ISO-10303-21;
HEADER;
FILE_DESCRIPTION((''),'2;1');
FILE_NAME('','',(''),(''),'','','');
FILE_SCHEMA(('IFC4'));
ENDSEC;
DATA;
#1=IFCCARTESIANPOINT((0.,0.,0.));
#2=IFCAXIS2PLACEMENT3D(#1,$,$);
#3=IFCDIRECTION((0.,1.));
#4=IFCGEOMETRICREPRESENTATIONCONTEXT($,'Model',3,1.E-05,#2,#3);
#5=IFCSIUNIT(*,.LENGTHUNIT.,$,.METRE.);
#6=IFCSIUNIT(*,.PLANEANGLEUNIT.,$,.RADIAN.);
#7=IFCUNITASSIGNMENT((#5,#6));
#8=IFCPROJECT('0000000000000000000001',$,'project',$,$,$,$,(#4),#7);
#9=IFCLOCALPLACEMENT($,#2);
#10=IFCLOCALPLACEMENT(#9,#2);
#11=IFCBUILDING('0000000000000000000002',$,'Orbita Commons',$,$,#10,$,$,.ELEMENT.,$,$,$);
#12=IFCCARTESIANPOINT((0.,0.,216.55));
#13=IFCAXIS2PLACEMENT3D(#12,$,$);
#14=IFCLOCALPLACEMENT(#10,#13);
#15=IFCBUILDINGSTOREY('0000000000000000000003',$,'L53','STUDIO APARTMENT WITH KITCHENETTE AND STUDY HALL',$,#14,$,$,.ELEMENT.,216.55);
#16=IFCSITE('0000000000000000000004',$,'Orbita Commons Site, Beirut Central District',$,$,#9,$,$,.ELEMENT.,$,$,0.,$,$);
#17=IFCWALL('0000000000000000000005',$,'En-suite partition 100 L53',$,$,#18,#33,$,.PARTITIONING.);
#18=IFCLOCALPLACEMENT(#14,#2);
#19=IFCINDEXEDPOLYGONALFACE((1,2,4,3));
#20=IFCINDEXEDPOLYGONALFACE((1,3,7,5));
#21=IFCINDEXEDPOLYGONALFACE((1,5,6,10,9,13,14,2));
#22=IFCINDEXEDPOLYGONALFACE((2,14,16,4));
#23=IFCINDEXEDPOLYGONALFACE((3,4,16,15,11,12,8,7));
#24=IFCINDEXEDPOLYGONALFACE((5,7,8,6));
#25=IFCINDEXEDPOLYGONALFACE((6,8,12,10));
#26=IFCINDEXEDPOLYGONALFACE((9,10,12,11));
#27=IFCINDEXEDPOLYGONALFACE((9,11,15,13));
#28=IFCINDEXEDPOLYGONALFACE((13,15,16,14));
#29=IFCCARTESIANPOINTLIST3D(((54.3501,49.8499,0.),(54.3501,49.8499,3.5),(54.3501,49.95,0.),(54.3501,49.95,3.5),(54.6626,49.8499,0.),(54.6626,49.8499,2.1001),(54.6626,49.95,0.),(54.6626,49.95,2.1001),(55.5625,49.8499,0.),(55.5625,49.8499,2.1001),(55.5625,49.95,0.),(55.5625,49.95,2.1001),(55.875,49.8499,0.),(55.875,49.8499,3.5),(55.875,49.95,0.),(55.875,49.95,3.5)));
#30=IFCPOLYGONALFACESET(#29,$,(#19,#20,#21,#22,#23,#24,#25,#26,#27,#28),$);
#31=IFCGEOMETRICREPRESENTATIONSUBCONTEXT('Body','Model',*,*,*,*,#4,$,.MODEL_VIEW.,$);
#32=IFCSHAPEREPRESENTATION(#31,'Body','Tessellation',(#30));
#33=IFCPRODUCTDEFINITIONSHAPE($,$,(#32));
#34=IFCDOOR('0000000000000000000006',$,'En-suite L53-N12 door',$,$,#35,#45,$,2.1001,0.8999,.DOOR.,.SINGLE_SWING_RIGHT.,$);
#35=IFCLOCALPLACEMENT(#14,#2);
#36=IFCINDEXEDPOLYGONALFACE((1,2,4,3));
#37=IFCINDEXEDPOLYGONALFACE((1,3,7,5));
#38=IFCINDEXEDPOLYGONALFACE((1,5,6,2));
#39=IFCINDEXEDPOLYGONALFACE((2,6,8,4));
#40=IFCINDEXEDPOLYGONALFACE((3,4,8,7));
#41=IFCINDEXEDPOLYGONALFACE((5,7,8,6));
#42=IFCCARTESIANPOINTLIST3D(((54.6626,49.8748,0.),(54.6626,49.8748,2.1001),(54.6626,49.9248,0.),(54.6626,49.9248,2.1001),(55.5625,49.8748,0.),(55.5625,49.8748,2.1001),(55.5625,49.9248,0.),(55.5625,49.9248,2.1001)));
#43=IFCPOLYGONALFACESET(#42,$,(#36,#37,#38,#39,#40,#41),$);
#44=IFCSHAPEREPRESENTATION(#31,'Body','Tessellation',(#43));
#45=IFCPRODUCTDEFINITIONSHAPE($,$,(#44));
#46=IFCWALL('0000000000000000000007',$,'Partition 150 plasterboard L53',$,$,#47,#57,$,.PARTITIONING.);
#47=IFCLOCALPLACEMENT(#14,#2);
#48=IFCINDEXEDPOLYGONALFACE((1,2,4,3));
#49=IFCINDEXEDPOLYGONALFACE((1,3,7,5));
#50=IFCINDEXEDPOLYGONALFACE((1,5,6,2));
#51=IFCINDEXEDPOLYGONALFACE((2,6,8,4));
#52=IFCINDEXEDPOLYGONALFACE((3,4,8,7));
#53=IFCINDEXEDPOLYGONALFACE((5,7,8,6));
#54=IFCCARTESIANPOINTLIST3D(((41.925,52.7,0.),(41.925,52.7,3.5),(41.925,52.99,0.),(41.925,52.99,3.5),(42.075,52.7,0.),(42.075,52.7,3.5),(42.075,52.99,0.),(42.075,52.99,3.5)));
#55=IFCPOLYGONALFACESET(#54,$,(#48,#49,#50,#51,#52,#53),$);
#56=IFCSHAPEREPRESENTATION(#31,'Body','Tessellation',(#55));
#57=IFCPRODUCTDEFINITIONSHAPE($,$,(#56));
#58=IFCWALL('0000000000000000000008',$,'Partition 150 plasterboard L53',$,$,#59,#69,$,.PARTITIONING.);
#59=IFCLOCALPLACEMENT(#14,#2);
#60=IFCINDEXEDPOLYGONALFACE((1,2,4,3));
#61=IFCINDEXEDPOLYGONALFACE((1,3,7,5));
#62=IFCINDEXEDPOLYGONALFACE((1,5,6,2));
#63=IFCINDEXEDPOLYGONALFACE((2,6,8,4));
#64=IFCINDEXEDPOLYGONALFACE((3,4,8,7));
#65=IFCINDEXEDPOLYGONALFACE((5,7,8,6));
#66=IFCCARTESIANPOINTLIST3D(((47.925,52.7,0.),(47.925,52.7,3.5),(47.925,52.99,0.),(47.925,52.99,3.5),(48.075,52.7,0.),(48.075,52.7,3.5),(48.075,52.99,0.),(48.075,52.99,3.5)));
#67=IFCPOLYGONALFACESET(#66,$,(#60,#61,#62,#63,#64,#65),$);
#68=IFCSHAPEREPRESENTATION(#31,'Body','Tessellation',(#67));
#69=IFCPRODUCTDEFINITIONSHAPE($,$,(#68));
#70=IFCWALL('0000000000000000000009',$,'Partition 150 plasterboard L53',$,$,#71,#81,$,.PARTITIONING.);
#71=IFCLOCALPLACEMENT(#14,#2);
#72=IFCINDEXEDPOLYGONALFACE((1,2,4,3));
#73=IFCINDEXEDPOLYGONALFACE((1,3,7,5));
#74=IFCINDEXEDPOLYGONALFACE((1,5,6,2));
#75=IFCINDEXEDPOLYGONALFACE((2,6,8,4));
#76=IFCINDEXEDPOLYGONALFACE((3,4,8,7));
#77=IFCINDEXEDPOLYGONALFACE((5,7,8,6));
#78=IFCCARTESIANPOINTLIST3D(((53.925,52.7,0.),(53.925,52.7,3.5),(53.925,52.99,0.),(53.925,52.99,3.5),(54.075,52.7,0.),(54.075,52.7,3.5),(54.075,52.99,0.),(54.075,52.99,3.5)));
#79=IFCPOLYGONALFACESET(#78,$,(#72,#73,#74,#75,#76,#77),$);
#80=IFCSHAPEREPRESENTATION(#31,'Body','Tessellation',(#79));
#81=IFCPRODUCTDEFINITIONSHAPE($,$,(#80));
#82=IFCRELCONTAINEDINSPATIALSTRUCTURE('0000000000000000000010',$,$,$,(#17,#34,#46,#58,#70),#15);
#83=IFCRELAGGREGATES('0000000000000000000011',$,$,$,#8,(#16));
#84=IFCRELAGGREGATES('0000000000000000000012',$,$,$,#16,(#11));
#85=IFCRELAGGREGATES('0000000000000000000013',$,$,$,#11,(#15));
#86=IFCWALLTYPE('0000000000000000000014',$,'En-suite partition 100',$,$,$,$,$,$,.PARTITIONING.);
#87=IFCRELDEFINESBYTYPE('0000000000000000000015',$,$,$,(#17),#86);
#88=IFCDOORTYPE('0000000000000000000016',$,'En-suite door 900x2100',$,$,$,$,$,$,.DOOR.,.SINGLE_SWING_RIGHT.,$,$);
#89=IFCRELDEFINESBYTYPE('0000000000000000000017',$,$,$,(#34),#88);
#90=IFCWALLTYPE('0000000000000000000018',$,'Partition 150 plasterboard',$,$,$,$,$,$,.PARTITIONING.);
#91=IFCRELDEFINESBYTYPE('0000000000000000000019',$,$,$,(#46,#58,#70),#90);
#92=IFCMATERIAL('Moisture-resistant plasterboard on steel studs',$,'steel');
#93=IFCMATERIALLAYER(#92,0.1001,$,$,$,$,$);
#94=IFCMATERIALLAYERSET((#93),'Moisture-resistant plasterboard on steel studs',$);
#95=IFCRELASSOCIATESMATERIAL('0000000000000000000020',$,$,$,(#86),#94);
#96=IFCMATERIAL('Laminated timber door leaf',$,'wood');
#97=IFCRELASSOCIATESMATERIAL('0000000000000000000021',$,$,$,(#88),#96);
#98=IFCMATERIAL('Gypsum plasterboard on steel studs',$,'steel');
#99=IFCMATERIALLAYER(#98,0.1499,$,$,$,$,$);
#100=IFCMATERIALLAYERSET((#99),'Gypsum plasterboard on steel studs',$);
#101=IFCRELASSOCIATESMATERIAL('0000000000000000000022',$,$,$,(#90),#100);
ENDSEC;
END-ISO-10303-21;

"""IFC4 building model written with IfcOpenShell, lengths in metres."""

from ifc_helpers import new_model, si_unit, direction, frame, frame_2d, origin, place, context, subcontext, project, spatial, rectangle, extrude, material, layer, layer_set, type_object, element, fill, save


model = new_model("IFC4")

# Units and contexts
model_context = context("Model", 3, precision=1e-05, world=origin(), true_north=direction((0.0, 1.0)))
body_context = subcontext(model_context, "Body", "Model", "MODEL_VIEW")
ifc_project = project(units=[si_unit("LENGTHUNIT", "METRE"), si_unit("PLANEANGLEUNIT", "RADIAN")], contexts=[model_context])

# Site, building, storey
site_placement = place(None, origin())
site = spatial("IfcSite", under=ifc_project, at=site_placement, Name="Orbita Commons Site, Beirut Central District", CompositionType="ELEMENT", RefElevation=0.0)
building_placement = place(site_placement, origin())
building = spatial("IfcBuilding", under=site, at=building_placement, Name="Orbita Commons", CompositionType="ELEMENT")
storey_placement = place(building_placement, frame((0.0, 0.0, 216.55)))
storey = spatial("IfcBuildingStorey", under=building, at=storey_placement, Name="L53", Description="STUDIO APARTMENT WITH KITCHENETTE AND STUDY HALL", CompositionType="ELEMENT", Elevation=216.55)

# Wall, opening, door
ifc_material_1 = material(Name="Moisture-resistant plasterboard on steel studs", Category="steel")
ifc_layer_1 = layer(ifc_material_1, 0.1001)
ifc_layer_set_1 = layer_set([ifc_layer_1], Name="Moisture-resistant plasterboard on steel studs")
wall_type_1 = type_object("IfcWallType", Name="En-suite partition 100", PredefinedType="PARTITIONING", material=ifc_layer_set_1)
ifc_material_2 = material(Name="Laminated timber door leaf", Category="wood")
door_type_1 = type_object("IfcDoorType", Name="En-suite door 900x2100", OperationType="SINGLE_SWING_RIGHT", PredefinedType="DOOR", material=ifc_material_2)
wall_1_placement = place(storey_placement, frame((54.3501, 49.8999, 0.0), z_axis=(0.0, 0.0, 1.0), x_axis=(1.0, 0.0, 0.0)))
wall_1 = element("IfcWall", 1, at=wall_1_placement, inside=storey, type_object=wall_type_1, Name="En-suite partition 100 L53", PredefinedType="PARTITIONING", context=body_context, shape_type="SweptSolid", body=[
    extrude(rectangle(XDim=1.5249, YDim=0.1001, at=frame_2d((0.7625, 0.0))), origin(), (0.0, 0.0, 1.0), 3.5),
])
opening_1_placement = place(wall_1_placement, frame((0.3125, 0.0, 0.0)))
opening_1 = element("IfcOpeningElement", 2, at=opening_1_placement, cuts=wall_1, PredefinedType="OPENING", context=body_context, shape_type="SweptSolid", body=[
    extrude(rectangle(XDim=0.8999, YDim=2.1001, at=frame_2d((0.45, 1.05))), frame((0.0, 0.0601, 0.0), z_axis=(0.0, -1.0, 0.0), x_axis=(1.0, 0.0, 0.0)), (0.0, 0.0, 1.0), 0.1201),
])
door_1_placement = place(opening_1_placement, origin())
door_1 = element("IfcDoor", 3, at=door_1_placement, inside=storey, type_object=door_type_1, Name="En-suite L53-N12 door", OperationType="SINGLE_SWING_RIGHT", OverallHeight=2.1001, OverallWidth=0.8999, PredefinedType="DOOR", context=body_context, shape_type="SweptSolid", body=[
    extrude(rectangle(XDim=0.8999, YDim=2.1001, at=frame_2d((0.45, 1.05))), frame((0.0, 0.0249, 0.0), z_axis=(0.0, -1.0, 0.0), x_axis=(1.0, 0.0, 0.0)), (0.0, 0.0, 1.0), 0.05),
])
fill(opening_1, door_1)

# Walls
ifc_material_3 = material(Name="Gypsum plasterboard on steel studs", Category="steel")
ifc_layer_2 = layer(ifc_material_3, 0.1499)
ifc_layer_set_2 = layer_set([ifc_layer_2], Name="Gypsum plasterboard on steel studs")
wall_type_2 = type_object("IfcWallType", Name="Partition 150 plasterboard", PredefinedType="PARTITIONING", material=ifc_layer_set_2)
for number, where, z_axis, x_axis, name in (
    (4, (42.0, 52.7, 0.0), (0.0, 0.0, 1.0), (0.0, 1.0, 0.0), "Partition 150 plasterboard L53"),
    (5, (48.0, 52.7, 0.0), (0.0, 0.0, 1.0), (0.0, 1.0, 0.0), "Partition 150 plasterboard L53"),
    (6, (54.0, 52.7, 0.0), (0.0, 0.0, 1.0), (0.0, 1.0, 0.0), "Partition 150 plasterboard L53"),
):
    element("IfcWall", number, at=place(storey_placement, frame(where, z_axis=z_axis, x_axis=x_axis)), inside=storey, type_object=wall_type_2, Name=name, PredefinedType="PARTITIONING", context=body_context, shape_type="SweptSolid", body=[
        extrude(rectangle(XDim=0.29, YDim=0.1499, at=frame_2d((0.145, 0.0))), origin(), (0.0, 0.0, 1.0), 3.5),
    ])

save(model, "model.ifc")
